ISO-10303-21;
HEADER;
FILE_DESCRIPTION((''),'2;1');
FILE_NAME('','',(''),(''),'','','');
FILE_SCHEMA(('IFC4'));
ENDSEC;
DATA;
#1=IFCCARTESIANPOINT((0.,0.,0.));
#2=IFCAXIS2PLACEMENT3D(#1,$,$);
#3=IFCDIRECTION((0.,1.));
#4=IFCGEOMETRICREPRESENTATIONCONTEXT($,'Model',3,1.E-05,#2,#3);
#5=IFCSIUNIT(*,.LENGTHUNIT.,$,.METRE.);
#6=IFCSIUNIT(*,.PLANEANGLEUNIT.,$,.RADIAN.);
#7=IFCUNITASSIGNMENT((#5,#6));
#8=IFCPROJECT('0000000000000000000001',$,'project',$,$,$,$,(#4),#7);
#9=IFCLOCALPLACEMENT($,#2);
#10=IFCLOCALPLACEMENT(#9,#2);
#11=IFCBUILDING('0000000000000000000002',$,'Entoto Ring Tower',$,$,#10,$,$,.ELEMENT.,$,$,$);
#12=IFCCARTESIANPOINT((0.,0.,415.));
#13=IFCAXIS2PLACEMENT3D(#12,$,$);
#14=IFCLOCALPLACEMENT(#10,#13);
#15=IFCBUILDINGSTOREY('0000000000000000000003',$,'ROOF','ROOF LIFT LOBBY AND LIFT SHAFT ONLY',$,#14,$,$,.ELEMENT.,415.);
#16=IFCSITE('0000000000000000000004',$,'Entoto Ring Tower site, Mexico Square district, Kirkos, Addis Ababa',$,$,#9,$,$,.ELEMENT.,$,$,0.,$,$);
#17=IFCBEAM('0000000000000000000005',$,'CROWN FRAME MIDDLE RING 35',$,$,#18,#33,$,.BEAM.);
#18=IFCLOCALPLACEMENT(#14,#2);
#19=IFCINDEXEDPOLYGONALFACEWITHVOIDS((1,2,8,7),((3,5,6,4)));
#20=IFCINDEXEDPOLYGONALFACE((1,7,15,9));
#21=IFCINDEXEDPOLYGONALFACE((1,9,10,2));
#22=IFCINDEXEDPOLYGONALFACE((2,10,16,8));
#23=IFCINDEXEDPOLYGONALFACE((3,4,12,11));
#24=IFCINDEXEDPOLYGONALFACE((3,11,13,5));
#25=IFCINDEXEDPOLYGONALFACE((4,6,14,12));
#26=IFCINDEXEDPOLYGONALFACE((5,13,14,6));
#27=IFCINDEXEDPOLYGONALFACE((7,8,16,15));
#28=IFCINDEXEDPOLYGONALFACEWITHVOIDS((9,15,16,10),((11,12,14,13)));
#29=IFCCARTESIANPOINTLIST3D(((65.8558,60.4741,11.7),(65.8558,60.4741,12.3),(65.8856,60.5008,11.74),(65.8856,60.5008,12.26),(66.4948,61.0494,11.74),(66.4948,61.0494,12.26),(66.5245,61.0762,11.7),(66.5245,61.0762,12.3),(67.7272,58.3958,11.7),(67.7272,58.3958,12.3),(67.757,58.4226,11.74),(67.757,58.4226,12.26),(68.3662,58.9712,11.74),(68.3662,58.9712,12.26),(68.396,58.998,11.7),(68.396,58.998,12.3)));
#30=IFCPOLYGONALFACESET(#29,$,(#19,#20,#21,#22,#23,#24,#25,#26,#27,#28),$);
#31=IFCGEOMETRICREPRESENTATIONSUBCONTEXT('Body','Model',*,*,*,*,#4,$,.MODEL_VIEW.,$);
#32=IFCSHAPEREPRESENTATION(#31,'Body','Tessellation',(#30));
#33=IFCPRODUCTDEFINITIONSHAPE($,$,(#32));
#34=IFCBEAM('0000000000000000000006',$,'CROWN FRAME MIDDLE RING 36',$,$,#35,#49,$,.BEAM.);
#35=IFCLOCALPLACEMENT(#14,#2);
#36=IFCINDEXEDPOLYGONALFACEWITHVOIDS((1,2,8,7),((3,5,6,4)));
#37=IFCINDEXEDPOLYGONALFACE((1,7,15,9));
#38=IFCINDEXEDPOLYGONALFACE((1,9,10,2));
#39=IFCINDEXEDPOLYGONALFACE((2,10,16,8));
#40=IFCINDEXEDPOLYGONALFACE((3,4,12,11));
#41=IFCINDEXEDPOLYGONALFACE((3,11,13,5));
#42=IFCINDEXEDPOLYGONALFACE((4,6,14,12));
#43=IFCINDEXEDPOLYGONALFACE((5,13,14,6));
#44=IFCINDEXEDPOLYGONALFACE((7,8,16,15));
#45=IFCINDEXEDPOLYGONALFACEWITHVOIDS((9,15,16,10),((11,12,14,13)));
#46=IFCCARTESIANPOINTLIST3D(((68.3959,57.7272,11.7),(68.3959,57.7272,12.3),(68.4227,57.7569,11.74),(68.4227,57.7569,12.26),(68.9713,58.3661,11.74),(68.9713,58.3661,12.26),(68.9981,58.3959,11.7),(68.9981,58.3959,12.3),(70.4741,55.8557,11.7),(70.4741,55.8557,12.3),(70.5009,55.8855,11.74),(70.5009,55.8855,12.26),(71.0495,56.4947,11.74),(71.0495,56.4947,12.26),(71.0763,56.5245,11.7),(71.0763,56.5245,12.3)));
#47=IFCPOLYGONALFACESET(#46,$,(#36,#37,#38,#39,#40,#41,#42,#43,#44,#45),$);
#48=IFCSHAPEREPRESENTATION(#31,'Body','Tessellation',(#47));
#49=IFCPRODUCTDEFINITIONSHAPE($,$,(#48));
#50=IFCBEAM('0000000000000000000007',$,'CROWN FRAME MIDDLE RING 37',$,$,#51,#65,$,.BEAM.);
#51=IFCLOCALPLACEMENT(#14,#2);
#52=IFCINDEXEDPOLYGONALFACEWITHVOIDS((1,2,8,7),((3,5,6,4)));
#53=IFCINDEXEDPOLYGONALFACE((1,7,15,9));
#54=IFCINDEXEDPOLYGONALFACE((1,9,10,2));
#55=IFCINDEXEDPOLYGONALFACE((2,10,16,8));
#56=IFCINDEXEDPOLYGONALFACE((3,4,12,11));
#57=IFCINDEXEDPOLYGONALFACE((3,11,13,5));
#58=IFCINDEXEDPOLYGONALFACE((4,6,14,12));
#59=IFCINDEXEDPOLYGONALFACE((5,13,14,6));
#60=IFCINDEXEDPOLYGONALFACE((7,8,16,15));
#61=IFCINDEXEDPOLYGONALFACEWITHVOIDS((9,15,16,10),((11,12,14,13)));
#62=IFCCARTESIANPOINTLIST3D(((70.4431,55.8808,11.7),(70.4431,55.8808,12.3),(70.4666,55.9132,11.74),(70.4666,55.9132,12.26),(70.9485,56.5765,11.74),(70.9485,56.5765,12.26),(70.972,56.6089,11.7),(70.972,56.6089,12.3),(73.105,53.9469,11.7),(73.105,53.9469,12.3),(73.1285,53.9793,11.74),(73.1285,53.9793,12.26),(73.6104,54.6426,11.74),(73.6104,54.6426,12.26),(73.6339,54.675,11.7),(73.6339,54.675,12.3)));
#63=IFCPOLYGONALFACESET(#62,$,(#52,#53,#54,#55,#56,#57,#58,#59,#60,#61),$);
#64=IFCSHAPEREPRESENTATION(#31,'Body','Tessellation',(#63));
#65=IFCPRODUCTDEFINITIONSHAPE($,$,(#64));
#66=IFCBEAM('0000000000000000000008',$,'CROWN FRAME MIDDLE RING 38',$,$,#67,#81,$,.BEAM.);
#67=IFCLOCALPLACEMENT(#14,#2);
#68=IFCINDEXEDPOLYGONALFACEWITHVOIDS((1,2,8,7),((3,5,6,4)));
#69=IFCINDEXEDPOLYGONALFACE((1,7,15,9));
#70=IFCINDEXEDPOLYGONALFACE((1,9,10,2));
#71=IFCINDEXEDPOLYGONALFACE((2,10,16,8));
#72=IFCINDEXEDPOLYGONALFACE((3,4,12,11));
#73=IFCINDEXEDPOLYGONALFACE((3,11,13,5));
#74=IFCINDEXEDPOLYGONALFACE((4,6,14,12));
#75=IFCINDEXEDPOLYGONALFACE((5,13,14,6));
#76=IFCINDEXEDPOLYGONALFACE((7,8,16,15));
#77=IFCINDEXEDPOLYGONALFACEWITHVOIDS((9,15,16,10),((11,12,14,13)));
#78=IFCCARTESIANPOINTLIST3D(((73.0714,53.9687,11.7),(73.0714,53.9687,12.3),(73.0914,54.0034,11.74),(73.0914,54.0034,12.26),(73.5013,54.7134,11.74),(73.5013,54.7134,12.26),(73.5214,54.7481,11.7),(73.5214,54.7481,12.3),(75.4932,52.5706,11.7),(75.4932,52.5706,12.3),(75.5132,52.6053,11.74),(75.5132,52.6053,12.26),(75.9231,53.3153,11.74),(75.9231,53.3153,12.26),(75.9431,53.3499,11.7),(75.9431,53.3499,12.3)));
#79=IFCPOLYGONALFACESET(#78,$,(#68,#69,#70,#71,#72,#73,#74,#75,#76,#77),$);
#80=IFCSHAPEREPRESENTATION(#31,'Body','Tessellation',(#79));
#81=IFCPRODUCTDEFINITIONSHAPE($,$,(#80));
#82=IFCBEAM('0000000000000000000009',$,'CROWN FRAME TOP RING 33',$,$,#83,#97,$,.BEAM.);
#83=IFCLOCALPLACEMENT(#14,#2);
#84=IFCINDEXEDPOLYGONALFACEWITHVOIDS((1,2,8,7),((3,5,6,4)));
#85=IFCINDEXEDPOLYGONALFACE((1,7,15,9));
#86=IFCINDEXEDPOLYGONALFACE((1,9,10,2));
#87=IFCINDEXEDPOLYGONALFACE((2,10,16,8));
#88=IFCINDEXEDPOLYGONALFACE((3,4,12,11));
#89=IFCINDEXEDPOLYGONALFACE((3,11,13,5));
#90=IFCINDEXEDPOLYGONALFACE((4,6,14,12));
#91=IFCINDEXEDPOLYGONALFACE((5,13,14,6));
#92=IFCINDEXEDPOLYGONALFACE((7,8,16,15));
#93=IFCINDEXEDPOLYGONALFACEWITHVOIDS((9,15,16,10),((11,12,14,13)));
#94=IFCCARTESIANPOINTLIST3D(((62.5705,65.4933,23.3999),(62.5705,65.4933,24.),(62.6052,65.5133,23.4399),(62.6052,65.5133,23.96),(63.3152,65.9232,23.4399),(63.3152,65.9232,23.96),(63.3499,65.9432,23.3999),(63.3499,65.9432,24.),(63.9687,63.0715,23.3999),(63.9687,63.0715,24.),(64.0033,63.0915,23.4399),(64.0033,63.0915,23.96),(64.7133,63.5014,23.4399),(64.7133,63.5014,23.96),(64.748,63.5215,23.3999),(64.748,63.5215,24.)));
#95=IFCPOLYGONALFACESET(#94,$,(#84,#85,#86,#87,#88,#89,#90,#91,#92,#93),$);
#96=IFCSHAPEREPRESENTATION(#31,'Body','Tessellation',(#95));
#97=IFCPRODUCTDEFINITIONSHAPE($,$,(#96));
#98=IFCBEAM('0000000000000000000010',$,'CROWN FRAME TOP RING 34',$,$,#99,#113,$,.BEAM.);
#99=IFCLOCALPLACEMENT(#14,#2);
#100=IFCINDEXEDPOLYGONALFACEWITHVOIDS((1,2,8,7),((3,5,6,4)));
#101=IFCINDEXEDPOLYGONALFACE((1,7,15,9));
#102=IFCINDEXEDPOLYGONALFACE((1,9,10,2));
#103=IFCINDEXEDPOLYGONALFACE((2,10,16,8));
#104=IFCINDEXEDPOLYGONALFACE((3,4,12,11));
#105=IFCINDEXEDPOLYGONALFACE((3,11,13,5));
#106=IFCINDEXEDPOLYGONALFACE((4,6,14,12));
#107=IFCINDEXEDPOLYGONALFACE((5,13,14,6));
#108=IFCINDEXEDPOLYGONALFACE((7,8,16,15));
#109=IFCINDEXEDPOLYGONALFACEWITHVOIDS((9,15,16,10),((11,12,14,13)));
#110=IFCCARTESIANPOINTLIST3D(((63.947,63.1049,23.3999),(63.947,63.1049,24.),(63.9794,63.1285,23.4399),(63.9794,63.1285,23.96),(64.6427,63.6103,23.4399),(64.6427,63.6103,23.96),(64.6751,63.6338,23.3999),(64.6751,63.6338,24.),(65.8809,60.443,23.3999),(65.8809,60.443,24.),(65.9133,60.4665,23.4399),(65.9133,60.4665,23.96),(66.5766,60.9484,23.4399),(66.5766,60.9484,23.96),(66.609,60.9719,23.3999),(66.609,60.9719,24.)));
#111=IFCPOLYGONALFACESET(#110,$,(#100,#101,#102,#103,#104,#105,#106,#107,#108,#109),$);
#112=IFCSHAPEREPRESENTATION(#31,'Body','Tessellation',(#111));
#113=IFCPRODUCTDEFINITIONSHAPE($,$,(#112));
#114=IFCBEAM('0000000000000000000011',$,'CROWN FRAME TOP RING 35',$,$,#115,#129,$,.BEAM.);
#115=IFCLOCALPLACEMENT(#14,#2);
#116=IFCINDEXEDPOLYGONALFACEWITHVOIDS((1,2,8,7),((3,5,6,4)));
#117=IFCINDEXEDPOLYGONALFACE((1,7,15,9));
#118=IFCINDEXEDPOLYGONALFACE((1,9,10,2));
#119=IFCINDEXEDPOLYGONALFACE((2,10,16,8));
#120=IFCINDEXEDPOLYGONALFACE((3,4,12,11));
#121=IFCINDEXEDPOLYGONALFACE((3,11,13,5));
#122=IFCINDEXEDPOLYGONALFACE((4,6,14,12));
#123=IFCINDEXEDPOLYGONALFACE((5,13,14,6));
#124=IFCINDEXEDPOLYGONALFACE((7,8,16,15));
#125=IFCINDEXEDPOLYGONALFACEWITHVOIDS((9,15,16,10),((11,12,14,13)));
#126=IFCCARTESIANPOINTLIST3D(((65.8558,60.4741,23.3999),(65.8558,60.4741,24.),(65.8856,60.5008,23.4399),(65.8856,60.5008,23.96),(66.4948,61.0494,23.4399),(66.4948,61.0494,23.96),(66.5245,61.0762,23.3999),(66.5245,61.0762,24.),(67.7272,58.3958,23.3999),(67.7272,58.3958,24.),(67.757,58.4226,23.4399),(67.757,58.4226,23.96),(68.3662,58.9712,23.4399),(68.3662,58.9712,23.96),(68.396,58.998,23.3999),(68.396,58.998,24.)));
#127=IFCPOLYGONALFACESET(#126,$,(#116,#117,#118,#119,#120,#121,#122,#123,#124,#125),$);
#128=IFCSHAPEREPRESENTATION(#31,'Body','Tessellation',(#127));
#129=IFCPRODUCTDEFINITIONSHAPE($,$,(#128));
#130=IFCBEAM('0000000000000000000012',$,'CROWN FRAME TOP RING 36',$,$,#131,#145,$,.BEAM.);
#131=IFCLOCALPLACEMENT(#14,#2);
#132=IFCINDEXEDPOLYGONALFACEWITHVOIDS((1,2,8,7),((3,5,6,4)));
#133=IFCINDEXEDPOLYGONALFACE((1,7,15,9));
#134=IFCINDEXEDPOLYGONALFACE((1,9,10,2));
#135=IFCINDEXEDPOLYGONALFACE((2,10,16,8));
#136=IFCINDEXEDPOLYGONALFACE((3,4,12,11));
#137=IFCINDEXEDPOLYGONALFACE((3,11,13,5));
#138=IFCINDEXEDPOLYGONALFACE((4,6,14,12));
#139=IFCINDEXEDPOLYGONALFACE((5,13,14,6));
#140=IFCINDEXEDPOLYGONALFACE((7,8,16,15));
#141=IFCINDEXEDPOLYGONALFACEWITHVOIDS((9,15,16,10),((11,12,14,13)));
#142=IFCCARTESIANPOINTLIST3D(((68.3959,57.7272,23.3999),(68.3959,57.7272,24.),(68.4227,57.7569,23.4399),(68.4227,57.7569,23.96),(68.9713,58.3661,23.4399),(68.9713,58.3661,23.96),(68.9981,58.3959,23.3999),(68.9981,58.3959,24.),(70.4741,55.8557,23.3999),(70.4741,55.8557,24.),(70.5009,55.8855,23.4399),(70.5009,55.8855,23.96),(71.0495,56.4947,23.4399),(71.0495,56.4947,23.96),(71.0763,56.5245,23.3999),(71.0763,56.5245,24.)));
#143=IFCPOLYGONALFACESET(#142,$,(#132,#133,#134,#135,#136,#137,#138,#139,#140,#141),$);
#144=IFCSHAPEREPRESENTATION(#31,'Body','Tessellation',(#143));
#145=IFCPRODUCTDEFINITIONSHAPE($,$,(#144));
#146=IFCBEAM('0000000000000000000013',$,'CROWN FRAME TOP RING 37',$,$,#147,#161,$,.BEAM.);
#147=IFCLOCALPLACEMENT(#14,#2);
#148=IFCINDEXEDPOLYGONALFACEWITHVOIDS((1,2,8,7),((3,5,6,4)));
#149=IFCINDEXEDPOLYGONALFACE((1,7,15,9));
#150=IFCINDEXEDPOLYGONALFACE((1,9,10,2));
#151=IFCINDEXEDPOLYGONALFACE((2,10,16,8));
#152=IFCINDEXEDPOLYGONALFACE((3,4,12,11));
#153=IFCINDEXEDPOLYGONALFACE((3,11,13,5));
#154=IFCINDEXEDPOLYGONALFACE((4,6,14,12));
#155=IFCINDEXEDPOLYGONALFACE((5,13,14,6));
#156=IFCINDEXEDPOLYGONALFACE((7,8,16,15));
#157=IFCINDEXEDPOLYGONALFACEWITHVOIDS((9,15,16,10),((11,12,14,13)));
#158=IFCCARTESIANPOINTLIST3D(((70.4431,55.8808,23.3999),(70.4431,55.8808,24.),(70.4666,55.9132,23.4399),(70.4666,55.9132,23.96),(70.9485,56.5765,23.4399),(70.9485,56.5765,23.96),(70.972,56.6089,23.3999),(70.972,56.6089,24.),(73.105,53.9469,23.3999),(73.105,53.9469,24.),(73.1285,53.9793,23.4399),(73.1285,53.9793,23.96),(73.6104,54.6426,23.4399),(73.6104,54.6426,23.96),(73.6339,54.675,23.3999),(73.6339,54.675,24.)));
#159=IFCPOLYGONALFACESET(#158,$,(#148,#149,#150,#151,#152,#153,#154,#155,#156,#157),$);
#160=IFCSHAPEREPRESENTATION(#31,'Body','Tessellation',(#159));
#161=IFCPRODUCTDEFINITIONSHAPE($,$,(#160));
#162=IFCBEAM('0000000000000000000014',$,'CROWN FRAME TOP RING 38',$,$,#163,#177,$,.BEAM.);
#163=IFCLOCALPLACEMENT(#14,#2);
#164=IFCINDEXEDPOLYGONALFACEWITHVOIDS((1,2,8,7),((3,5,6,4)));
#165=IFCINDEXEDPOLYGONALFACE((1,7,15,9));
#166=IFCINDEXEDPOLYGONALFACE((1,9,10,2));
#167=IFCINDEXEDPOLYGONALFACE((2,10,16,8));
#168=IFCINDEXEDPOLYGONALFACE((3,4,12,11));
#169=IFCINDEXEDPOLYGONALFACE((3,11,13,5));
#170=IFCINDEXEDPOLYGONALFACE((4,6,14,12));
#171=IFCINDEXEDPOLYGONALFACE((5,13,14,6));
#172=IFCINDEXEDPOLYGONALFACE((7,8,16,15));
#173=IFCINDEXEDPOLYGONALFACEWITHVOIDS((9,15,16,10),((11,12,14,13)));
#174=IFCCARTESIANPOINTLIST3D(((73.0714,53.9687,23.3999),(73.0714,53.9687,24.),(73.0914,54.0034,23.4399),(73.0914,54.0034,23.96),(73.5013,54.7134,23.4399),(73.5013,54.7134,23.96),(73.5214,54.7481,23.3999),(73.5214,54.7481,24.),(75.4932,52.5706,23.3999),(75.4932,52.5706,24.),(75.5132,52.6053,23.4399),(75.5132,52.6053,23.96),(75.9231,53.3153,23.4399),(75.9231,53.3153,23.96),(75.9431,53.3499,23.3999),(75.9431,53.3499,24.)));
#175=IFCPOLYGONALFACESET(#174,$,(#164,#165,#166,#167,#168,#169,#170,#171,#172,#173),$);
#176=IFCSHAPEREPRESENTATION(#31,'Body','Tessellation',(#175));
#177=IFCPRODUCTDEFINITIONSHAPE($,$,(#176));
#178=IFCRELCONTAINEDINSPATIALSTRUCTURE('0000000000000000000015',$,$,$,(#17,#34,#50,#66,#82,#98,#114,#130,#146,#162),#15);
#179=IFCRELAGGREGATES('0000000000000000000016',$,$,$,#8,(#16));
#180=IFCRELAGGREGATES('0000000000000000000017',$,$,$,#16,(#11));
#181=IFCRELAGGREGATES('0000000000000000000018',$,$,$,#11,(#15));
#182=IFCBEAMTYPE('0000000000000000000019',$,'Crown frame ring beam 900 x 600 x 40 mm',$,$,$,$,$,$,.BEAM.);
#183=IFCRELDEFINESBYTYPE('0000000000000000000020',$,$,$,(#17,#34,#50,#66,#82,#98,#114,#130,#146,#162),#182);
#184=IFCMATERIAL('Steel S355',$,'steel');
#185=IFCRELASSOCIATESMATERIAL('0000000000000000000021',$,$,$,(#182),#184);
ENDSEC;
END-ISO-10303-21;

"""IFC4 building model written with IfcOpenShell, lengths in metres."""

from ifc_helpers import new_model, si_unit, direction, frame, origin, origin_2d, place, context, subcontext, project, spatial, hollow_rectangle, extrude, material, material_profile, profile_set, type_object, element, save


model = new_model("IFC4")

# Units and contexts
model_context = context("Model", 3, precision=1e-05, world=origin(), true_north=direction((0.0, 1.0)))
body_context = subcontext(model_context, "Body", "Model", "MODEL_VIEW")
ifc_project = project(units=[si_unit("LENGTHUNIT", "METRE"), si_unit("PLANEANGLEUNIT", "RADIAN")], contexts=[model_context])

# Site, building, storey
site_placement = place(None, origin())
site = spatial("IfcSite", under=ifc_project, at=site_placement, Name="Entoto Ring Tower site, Mexico Square district, Kirkos, Addis Ababa", CompositionType="ELEMENT", RefElevation=0.0)
building_placement = place(site_placement, origin())
building = spatial("IfcBuilding", under=site, at=building_placement, Name="Entoto Ring Tower", CompositionType="ELEMENT")
storey_placement = place(building_placement, frame((0.0, 0.0, 415.0)))
storey = spatial("IfcBuildingStorey", under=building, at=storey_placement, Name="ROOF", Description="ROOF LIFT LOBBY AND LIFT SHAFT ONLY", CompositionType="ELEMENT", Elevation=415.0)

# Beams
ifc_material_1 = material(Name="Steel S355", Category="steel")
ifc_material_profile_1 = material_profile(ifc_material_1, hollow_rectangle(XDim=0.8999, YDim=0.6001, WallThickness=0.04, at=origin_2d()), Name="Crown frame ring beam 900 x 600 x 40 mm")
ifc_profile_set_1 = profile_set([ifc_material_profile_1], Name="Steel S355")
beam_type_1 = type_object("IfcBeamType", Name="Crown frame ring beam 900 x 600 x 40 mm", PredefinedType="BEAM", material=ifc_profile_set_1)
for number, where, z_axis, x_axis, name in (
    (1, (66.1902, 60.7751, 12.0), (0.669167, -0.743112, 0.0), (0.743112, 0.669167, 0.0), "CROWN FRAME MIDDLE RING 35"),
    (2, (68.697, 58.0615, 12.0), (0.743112, -0.669167, 0.0), (0.669167, 0.743112, 0.0), "CROWN FRAME MIDDLE RING 36"),
):
    element("IfcBeam", number, at=place(storey_placement, frame(where, z_axis=z_axis, x_axis=x_axis)), inside=storey, type_object=beam_type_1, Name=name, PredefinedType="BEAM", context=body_context, shape_type="SweptSolid", body=[
        extrude(hollow_rectangle(XDim=0.8999, YDim=0.6001, WallThickness=0.04, at=origin_2d()), origin(), (0.0, 0.0, 1.0), 2.7966),
    ])
beam_1_placement = place(storey_placement, frame((70.7075, 56.2449, 12.0), z_axis=(0.809034, -0.587761, 0.0), x_axis=(0.587761, 0.809034, 0.0)))
element("IfcBeam", 3, at=beam_1_placement, inside=storey, type_object=beam_type_1, Name="CROWN FRAME MIDDLE RING 37", PredefinedType="BEAM", context=body_context, shape_type="SweptSolid", body=[
    extrude(hollow_rectangle(XDim=0.8999, YDim=0.6001, WallThickness=0.04, at=origin_2d()), origin(), (0.0, 0.0, 1.0), 3.2903),
])
for number, where, z_axis, x_axis, name in (
    (4, (73.2964, 54.3584, 12.0), (0.866037, -0.499979, 0.0), (0.499979, 0.866037, 0.0), "CROWN FRAME MIDDLE RING 38"),
    (5, (62.9602, 65.7183, 23.7), (0.499979, -0.866037, 0.0), (0.866037, 0.499979, 0.0), "CROWN FRAME TOP RING 33"),
):
    element("IfcBeam", number, at=place(storey_placement, frame(where, z_axis=z_axis, x_axis=x_axis)), inside=storey, type_object=beam_type_1, Name=name, PredefinedType="BEAM", context=body_context, shape_type="SweptSolid", body=[
        extrude(hollow_rectangle(XDim=0.8999, YDim=0.6001, WallThickness=0.04, at=origin_2d()), origin(), (0.0, 0.0, 1.0), 2.7964),
    ])
beam_2_placement = place(storey_placement, frame((64.311, 63.3694, 23.7), z_axis=(0.587761, -0.809034, 0.0), x_axis=(0.809034, 0.587761, 0.0)))
element("IfcBeam", 6, at=beam_2_placement, inside=storey, type_object=beam_type_1, Name="CROWN FRAME TOP RING 34", PredefinedType="BEAM", context=body_context, shape_type="SweptSolid", body=[
    extrude(hollow_rectangle(XDim=0.8999, YDim=0.6001, WallThickness=0.04, at=origin_2d()), origin(), (0.0, 0.0, 1.0), 3.2903),
])
for number, where, z_axis, x_axis, name in (
    (7, (66.1902, 60.7751, 23.7), (0.669167, -0.743112, 0.0), (0.743112, 0.669167, 0.0), "CROWN FRAME TOP RING 35"),
    (8, (68.697, 58.0615, 23.7), (0.743112, -0.669167, 0.0), (0.669167, 0.743112, 0.0), "CROWN FRAME TOP RING 36"),
):
    element("IfcBeam", number, at=place(storey_placement, frame(where, z_axis=z_axis, x_axis=x_axis)), inside=storey, type_object=beam_type_1, Name=name, PredefinedType="BEAM", context=body_context, shape_type="SweptSolid", body=[
        extrude(hollow_rectangle(XDim=0.8999, YDim=0.6001, WallThickness=0.04, at=origin_2d()), origin(), (0.0, 0.0, 1.0), 2.7966),
    ])
beam_3_placement = place(storey_placement, frame((70.7075, 56.2449, 23.7), z_axis=(0.809034, -0.587761, 0.0), x_axis=(0.587761, 0.809034, 0.0)))
element("IfcBeam", 9, at=beam_3_placement, inside=storey, type_object=beam_type_1, Name="CROWN FRAME TOP RING 37", PredefinedType="BEAM", context=body_context, shape_type="SweptSolid", body=[
    extrude(hollow_rectangle(XDim=0.8999, YDim=0.6001, WallThickness=0.04, at=origin_2d()), origin(), (0.0, 0.0, 1.0), 3.2903),
])
beam_4_placement = place(storey_placement, frame((73.2964, 54.3584, 23.7), z_axis=(0.866037, -0.499979, 0.0), x_axis=(0.499979, 0.866037, 0.0)))
element("IfcBeam", 10, at=beam_4_placement, inside=storey, type_object=beam_type_1, Name="CROWN FRAME TOP RING 38", PredefinedType="BEAM", context=body_context, shape_type="SweptSolid", body=[
    extrude(hollow_rectangle(XDim=0.8999, YDim=0.6001, WallThickness=0.04, at=origin_2d()), origin(), (0.0, 0.0, 1.0), 2.7964),
])

save(model, "model.ifc")
